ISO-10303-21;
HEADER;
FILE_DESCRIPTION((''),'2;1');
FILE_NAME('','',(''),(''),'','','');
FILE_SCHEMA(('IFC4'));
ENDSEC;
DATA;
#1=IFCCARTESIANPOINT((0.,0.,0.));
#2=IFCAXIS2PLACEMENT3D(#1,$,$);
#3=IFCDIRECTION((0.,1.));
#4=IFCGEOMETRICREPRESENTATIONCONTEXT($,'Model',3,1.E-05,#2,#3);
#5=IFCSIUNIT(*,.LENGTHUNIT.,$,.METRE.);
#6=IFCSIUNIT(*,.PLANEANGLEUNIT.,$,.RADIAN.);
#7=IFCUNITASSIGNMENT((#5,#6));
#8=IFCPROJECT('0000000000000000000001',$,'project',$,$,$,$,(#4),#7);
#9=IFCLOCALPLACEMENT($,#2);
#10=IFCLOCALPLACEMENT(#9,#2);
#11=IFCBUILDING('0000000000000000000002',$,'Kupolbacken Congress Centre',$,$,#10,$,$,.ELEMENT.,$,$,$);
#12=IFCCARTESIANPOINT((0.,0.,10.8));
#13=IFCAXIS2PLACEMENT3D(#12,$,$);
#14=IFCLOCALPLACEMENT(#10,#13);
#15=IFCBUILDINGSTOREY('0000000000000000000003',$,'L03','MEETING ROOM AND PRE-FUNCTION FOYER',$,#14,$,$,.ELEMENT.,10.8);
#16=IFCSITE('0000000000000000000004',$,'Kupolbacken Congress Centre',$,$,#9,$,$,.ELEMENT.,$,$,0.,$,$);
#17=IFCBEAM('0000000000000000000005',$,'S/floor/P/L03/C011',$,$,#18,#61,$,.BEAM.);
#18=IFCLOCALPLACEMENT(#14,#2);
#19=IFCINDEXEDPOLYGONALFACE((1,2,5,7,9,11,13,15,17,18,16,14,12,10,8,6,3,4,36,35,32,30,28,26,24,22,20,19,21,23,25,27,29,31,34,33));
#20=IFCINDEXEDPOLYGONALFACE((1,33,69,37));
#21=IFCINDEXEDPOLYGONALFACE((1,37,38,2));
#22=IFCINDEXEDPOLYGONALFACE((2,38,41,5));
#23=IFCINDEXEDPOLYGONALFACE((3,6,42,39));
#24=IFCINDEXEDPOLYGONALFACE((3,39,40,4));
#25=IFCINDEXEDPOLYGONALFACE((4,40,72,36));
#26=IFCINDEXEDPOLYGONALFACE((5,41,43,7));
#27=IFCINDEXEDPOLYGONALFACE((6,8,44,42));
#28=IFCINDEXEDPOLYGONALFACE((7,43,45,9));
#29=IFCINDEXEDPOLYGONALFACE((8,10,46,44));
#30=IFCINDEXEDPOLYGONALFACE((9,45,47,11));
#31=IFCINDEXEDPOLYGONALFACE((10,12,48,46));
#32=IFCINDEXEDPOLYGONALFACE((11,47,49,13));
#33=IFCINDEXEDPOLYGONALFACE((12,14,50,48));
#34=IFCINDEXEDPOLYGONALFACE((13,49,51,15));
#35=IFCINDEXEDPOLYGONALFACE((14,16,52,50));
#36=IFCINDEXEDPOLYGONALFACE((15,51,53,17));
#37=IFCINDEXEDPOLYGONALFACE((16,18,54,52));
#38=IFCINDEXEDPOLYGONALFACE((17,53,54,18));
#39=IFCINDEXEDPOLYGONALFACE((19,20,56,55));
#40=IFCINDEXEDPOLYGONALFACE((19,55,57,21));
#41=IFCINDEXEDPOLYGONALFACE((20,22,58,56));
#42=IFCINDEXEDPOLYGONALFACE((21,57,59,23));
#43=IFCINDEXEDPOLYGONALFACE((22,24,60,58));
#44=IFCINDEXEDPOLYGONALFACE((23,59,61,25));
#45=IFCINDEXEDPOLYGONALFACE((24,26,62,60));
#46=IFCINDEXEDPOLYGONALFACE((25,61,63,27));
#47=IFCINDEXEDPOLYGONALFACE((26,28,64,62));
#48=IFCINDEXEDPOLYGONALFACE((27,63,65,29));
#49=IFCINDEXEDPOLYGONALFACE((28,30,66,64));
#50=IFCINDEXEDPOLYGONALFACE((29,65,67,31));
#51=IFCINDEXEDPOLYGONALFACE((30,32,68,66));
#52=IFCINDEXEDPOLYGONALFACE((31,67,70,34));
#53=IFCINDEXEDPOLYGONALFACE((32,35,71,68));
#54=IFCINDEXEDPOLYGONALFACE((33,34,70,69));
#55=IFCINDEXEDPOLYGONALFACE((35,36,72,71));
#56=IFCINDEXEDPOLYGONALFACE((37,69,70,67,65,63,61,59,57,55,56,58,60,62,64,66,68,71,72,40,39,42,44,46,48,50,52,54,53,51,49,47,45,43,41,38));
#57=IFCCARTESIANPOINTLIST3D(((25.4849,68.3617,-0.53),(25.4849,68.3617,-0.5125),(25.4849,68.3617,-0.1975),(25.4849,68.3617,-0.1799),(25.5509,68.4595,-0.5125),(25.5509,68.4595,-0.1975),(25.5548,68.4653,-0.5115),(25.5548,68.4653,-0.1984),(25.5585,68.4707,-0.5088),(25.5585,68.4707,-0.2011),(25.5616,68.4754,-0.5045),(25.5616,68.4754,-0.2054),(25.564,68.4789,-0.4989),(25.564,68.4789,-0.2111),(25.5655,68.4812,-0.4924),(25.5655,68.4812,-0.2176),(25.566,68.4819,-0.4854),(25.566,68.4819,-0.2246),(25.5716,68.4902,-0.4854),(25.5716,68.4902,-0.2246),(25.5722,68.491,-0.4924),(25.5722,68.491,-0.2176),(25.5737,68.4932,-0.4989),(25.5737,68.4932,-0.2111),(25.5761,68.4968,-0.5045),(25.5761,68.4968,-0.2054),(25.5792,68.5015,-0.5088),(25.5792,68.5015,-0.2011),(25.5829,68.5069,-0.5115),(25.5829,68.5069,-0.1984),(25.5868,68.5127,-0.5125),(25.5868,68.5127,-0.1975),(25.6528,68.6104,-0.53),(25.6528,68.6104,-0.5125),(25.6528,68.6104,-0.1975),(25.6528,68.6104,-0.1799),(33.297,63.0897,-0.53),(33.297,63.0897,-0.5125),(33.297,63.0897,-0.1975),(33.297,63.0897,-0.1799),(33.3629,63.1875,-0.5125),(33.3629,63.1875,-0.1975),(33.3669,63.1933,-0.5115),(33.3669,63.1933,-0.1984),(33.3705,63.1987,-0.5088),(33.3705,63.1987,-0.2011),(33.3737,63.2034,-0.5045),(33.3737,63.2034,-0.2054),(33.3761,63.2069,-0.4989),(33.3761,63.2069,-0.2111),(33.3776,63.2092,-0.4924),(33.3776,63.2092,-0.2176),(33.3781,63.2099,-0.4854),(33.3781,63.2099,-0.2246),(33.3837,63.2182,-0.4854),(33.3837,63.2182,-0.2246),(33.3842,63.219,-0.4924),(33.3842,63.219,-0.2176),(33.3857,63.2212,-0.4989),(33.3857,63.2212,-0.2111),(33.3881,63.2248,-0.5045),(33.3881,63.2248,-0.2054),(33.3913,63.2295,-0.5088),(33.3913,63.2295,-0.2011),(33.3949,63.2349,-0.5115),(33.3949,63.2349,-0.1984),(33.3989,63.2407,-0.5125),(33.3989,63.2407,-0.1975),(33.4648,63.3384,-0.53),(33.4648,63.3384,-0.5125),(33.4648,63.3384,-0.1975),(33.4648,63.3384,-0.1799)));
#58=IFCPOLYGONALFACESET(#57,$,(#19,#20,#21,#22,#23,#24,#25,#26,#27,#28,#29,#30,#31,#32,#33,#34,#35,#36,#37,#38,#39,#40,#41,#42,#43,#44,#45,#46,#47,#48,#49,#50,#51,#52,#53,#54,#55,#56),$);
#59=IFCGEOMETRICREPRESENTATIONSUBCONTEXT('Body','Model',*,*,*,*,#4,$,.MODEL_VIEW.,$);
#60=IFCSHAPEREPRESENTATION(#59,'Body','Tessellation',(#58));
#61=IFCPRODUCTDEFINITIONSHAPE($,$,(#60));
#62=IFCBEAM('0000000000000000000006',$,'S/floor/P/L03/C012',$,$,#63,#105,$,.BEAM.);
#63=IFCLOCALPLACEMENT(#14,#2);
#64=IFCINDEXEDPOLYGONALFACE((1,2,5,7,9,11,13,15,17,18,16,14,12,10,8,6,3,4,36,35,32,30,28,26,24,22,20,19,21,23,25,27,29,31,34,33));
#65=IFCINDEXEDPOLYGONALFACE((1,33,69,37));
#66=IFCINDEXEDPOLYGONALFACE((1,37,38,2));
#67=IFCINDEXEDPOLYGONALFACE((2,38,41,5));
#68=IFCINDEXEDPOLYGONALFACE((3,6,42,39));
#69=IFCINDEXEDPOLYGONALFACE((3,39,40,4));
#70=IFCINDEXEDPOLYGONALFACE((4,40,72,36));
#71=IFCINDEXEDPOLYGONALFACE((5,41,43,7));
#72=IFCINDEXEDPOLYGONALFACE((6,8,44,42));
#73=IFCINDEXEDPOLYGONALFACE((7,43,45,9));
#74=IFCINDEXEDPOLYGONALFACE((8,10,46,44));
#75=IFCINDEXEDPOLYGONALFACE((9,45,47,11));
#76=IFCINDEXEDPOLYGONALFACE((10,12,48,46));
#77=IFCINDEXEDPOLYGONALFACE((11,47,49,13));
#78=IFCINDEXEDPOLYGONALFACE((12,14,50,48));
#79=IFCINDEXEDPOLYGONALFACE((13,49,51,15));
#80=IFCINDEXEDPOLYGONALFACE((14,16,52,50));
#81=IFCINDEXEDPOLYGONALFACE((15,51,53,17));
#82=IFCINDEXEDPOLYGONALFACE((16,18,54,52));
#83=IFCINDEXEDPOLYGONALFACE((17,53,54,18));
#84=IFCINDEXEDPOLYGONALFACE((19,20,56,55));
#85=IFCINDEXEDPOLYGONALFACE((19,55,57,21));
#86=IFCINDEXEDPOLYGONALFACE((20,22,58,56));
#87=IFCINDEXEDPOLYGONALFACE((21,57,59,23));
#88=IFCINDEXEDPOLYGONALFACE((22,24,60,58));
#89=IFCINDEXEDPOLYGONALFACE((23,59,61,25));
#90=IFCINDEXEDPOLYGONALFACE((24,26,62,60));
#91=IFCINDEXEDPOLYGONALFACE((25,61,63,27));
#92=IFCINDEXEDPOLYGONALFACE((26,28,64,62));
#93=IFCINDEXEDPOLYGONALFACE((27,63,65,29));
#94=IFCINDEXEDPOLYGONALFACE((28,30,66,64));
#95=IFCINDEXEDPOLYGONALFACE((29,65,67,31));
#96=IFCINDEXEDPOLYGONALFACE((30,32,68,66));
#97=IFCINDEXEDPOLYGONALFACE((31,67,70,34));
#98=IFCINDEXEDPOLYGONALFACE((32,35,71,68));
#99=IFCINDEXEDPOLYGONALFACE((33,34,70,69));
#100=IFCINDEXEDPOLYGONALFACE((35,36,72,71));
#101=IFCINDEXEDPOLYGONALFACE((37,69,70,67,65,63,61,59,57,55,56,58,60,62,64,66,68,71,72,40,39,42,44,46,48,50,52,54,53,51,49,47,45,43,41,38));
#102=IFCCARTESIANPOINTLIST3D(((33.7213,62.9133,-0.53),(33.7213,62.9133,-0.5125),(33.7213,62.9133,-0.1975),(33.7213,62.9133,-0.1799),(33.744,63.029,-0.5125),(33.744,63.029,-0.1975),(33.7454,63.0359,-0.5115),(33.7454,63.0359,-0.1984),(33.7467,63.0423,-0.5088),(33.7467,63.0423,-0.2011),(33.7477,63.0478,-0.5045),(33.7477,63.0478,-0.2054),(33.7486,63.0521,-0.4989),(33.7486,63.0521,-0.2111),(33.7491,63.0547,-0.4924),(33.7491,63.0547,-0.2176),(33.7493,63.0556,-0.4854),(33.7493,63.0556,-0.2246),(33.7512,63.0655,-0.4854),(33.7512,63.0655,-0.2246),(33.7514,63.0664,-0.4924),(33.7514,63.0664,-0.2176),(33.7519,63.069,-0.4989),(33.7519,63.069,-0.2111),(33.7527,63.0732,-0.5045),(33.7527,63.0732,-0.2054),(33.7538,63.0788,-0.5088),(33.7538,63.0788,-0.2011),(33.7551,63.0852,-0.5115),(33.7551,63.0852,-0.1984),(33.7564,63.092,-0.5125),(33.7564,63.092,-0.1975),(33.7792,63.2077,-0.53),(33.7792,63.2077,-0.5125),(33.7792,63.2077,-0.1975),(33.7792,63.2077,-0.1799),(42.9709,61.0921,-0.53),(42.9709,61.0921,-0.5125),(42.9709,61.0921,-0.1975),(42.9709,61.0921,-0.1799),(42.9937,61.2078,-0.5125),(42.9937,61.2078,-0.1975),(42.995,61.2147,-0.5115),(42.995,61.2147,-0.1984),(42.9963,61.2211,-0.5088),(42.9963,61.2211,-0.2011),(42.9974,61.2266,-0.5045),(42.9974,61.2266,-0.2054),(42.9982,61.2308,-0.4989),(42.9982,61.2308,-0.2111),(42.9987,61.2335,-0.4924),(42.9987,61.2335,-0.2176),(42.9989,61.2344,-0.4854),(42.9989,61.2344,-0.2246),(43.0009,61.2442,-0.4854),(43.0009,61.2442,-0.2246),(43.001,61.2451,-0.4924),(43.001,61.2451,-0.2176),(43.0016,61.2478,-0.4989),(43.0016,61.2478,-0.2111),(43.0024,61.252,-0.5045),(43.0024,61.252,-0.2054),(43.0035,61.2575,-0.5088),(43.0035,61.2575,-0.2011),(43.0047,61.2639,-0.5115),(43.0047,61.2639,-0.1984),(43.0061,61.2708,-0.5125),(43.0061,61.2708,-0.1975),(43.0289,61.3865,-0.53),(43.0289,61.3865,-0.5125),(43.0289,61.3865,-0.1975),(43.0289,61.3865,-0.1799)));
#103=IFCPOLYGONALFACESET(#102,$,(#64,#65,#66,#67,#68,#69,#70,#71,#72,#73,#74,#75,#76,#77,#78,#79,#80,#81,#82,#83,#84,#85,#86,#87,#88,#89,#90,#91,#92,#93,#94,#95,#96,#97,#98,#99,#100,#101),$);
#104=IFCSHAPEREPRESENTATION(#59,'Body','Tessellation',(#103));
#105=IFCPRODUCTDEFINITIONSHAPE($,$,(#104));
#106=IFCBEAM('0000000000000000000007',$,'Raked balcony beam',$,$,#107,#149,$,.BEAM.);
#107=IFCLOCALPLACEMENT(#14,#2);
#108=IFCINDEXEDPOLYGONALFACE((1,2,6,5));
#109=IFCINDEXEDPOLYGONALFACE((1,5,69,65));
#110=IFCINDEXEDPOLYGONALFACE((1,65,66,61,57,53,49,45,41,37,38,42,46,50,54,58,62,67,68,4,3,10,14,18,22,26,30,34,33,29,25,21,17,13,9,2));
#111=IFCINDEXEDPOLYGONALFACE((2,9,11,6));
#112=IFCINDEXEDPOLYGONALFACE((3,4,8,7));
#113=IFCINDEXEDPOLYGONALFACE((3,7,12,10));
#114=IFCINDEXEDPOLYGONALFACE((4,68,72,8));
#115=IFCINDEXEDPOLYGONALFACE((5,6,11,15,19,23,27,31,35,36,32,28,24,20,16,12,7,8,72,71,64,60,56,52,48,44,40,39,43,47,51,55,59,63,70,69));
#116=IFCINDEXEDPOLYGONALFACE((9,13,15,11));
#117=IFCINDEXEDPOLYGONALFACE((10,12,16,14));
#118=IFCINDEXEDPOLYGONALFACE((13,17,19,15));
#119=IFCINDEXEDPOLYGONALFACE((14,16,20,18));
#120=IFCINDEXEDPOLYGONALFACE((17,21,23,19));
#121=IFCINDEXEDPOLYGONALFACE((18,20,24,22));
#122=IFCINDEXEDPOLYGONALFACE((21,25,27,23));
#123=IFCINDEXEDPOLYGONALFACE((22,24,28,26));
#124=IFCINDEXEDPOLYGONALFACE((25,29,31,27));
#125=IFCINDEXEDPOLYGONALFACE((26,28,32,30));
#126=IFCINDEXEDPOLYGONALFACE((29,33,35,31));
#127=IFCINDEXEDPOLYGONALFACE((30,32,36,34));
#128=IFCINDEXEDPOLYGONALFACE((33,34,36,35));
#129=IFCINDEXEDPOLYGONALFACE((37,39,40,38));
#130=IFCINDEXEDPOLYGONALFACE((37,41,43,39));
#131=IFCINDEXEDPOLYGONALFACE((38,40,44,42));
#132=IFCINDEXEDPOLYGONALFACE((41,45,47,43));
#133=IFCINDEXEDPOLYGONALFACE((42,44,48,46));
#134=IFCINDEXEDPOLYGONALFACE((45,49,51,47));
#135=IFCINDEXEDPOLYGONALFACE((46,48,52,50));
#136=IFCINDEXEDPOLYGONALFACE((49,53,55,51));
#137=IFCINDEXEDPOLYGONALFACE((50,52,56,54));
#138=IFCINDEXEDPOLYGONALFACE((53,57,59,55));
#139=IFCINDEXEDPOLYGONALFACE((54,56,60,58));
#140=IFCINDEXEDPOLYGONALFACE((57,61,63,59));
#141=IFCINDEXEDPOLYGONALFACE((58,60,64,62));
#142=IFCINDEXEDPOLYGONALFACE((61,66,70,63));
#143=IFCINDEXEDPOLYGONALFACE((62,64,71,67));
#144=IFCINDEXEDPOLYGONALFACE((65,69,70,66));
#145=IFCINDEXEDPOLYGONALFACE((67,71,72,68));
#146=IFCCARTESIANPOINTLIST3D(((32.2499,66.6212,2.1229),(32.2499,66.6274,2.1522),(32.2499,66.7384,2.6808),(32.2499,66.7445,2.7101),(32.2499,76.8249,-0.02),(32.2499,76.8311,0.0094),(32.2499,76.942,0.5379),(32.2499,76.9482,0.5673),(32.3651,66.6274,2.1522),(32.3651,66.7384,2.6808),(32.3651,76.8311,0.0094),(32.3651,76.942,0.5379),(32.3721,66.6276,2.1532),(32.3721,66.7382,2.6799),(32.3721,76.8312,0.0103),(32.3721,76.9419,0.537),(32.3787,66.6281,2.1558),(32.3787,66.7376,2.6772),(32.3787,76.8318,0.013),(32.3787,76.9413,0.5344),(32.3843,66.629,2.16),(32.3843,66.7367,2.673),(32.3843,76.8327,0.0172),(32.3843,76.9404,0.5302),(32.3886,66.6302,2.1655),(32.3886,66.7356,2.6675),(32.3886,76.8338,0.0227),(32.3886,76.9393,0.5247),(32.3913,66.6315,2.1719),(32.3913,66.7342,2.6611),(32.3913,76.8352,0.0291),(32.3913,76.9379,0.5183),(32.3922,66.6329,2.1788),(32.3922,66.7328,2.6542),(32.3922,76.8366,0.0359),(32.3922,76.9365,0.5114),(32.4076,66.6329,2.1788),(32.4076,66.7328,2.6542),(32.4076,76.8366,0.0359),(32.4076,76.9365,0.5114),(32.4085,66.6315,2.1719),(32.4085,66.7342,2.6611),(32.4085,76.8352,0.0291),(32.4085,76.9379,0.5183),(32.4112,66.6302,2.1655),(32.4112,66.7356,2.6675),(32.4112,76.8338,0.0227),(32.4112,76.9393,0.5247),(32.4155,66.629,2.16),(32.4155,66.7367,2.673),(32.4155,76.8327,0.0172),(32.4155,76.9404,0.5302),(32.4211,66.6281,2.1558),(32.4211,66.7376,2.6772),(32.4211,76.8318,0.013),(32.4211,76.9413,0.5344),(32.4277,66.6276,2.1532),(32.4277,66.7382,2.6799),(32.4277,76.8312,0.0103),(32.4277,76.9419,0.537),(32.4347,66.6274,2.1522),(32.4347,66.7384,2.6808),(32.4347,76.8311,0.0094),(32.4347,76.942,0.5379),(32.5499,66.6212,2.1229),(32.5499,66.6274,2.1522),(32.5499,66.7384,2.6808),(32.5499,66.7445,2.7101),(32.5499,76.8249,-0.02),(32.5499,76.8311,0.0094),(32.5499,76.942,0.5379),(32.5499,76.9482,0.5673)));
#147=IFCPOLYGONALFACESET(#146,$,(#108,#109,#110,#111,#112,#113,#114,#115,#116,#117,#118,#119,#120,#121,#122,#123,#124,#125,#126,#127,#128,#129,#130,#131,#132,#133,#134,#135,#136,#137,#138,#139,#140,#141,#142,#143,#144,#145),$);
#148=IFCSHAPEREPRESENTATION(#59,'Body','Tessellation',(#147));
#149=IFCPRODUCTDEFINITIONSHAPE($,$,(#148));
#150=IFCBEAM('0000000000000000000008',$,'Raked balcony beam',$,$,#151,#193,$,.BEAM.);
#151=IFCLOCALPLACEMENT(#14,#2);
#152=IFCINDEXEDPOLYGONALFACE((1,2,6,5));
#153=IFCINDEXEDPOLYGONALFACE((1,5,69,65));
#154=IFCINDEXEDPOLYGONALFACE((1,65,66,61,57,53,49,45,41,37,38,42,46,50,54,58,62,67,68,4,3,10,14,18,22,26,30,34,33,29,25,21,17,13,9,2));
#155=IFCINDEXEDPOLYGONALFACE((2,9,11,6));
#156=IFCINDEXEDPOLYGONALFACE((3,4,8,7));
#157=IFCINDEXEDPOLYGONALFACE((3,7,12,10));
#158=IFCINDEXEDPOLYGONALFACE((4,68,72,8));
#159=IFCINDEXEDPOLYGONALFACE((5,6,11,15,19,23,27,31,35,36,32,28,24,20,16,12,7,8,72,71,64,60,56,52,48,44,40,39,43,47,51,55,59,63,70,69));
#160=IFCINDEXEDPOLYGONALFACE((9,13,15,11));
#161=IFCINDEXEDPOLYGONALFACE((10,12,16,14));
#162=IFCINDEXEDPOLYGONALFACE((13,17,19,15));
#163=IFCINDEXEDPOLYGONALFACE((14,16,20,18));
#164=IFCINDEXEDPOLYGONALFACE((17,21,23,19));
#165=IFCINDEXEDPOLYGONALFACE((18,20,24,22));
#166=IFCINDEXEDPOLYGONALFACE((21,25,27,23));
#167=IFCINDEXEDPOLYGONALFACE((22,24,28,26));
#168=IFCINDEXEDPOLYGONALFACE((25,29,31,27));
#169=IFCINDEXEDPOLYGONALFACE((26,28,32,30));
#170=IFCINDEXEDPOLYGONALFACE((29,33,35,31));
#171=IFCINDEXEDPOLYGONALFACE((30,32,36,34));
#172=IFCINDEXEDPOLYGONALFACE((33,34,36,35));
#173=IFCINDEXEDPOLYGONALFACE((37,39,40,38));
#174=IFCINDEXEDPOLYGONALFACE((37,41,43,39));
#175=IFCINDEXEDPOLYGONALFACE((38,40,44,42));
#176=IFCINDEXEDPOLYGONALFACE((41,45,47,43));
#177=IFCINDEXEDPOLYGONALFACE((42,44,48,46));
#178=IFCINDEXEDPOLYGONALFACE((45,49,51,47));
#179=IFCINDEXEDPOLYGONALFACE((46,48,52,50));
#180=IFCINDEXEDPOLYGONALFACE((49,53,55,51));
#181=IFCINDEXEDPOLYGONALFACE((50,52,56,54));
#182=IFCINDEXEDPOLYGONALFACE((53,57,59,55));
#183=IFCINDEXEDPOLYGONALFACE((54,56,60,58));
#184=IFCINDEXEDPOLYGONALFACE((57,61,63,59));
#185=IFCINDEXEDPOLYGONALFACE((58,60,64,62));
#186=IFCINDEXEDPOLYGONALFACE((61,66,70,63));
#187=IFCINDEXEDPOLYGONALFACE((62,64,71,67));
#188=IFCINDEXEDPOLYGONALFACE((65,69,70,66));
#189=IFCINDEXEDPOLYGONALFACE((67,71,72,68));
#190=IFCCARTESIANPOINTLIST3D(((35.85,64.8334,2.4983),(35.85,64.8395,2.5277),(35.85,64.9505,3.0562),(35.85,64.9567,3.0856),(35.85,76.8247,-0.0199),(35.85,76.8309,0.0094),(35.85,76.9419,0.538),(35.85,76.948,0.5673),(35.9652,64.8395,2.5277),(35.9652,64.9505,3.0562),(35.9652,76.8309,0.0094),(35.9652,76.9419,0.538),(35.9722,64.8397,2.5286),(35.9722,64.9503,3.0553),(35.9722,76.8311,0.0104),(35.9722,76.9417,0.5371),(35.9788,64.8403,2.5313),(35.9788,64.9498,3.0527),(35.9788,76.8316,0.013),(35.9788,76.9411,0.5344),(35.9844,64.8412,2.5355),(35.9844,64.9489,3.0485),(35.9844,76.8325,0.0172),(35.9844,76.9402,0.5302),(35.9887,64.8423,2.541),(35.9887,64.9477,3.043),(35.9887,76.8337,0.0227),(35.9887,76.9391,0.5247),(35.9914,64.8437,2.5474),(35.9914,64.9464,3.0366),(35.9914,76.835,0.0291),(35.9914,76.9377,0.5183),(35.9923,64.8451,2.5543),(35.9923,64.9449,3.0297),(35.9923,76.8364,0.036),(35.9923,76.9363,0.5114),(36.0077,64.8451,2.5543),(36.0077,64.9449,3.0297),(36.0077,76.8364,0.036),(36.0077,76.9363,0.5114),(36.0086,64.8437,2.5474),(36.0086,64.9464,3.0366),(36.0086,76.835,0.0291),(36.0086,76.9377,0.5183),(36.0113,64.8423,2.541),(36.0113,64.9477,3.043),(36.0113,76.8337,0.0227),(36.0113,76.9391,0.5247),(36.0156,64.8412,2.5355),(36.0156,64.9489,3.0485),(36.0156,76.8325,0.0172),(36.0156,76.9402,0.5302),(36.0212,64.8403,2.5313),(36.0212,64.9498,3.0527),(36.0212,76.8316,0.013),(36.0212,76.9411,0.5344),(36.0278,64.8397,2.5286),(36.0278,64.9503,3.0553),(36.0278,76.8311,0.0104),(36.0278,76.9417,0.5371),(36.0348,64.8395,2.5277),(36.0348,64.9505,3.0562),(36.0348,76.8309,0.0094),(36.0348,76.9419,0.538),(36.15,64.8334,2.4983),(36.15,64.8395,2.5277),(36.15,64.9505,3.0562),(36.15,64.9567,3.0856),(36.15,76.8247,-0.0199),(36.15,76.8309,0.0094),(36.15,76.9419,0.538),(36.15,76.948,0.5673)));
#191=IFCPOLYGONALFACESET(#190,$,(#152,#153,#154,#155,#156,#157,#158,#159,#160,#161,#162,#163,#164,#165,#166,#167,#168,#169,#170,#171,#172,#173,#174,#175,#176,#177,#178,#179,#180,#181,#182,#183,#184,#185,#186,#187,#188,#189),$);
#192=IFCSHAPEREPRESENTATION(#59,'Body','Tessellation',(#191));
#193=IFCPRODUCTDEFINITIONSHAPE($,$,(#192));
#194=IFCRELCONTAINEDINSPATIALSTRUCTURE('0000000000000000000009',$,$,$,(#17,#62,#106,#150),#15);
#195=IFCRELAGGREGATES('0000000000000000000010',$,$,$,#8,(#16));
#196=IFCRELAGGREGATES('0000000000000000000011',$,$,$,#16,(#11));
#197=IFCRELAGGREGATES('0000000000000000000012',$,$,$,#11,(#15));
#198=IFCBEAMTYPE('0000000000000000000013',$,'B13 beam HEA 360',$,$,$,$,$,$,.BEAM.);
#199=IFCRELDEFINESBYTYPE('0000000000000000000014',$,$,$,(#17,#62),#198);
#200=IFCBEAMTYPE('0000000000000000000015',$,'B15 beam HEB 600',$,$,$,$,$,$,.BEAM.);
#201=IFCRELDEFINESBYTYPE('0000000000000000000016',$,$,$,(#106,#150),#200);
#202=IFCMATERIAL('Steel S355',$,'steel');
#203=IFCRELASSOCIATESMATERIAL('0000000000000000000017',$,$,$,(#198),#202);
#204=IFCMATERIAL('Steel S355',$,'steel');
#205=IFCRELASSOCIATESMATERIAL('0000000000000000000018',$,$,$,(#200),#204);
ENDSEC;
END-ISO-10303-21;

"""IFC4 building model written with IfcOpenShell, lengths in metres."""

from ifc_helpers import new_model, si_unit, direction, frame, origin, origin_2d, place, context, subcontext, project, spatial, i_section, extrude, material, material_profile, profile_set, type_object, element, save


model = new_model("IFC4")

# Units and contexts
model_context = context("Model", 3, precision=1e-05, world=origin(), true_north=direction((0.0, 1.0)))
body_context = subcontext(model_context, "Body", "Model", "MODEL_VIEW")
ifc_project = project(units=[si_unit("LENGTHUNIT", "METRE"), si_unit("PLANEANGLEUNIT", "RADIAN")], contexts=[model_context])

# Site, building, storey
site_placement = place(None, origin())
site = spatial("IfcSite", under=ifc_project, at=site_placement, Name="Kupolbacken Congress Centre", CompositionType="ELEMENT", RefElevation=0.0)
building_placement = place(site_placement, origin())
building = spatial("IfcBuilding", under=site, at=building_placement, Name="Kupolbacken Congress Centre", CompositionType="ELEMENT")
storey_placement = place(building_placement, frame((0.0, 0.0, 10.8)))
storey = spatial("IfcBuildingStorey", under=building, at=storey_placement, Name="L03", Description="MEETING ROOM AND PRE-FUNCTION FOYER", CompositionType="ELEMENT", Elevation=10.8)

# Beams
ifc_material_1 = material(Name="Steel S355", Category="steel")
ifc_material_profile_1 = material_profile(ifc_material_1, i_section(OverallWidth=0.3, OverallDepth=0.3501, WebThickness=0.01, FlangeThickness=0.0176, FilletRadius=0.0271, at=origin_2d()), Name="HEA 360")
ifc_profile_set_1 = profile_set([ifc_material_profile_1], Name="Steel S355")
beam_type_1 = type_object("IfcBeamType", Name="B13 beam HEA 360", PredefinedType="BEAM", material=ifc_profile_set_1)
beam_1_placement = place(storey_placement, frame((25.5688, 68.4861, -0.355), z_axis=(0.828905, -0.55939, 0.0), x_axis=(0.55939, 0.828905, 0.0)))
element("IfcBeam", 1, at=beam_1_placement, inside=storey, type_object=beam_type_1, Name="S/floor/P/L03/C011", PredefinedType="BEAM", context=body_context, shape_type="SweptSolid", body=[
    extrude(i_section(OverallWidth=0.3, OverallDepth=0.3501, WebThickness=0.01, FlangeThickness=0.0176, FilletRadius=0.0271, at=origin_2d()), origin(), (0.0, 0.0, 1.0), 9.4246),
])
beam_2_placement = place(storey_placement, frame((33.7502, 63.0605, -0.355), z_axis=(0.981161, -0.193192, 0.0), x_axis=(0.193192, 0.981161, 0.0)))
element("IfcBeam", 2, at=beam_2_placement, inside=storey, type_object=beam_type_1, Name="S/floor/P/L03/C012", PredefinedType="BEAM", context=body_context, shape_type="SweptSolid", body=[
    extrude(i_section(OverallWidth=0.3, OverallDepth=0.3501, WebThickness=0.01, FlangeThickness=0.0176, FilletRadius=0.0271, at=origin_2d()), origin(), (0.0, 0.0, 1.0), 9.4272),
])
ifc_material_2 = material(Name="Steel S355", Category="steel")
ifc_material_profile_2 = material_profile(ifc_material_2, i_section(OverallWidth=0.3, OverallDepth=0.6001, WebThickness=0.0154, FlangeThickness=0.03, FilletRadius=0.0271, at=origin_2d()), Name="HEB 600")
ifc_profile_set_2 = profile_set([ifc_material_profile_2], Name="Steel S355")
beam_type_2 = type_object("IfcBeamType", Name="B15 beam HEB 600", PredefinedType="BEAM", material=ifc_profile_set_2)
beam_3_placement = place(storey_placement, frame((32.3999, 66.6829, 2.4165), z_axis=(0.0, 0.978652, -0.205523), x_axis=(-1.0, 0.0, 0.0)))
element("IfcBeam", 3, at=beam_3_placement, inside=storey, type_object=beam_type_2, Name="Raked balcony beam", PredefinedType="BEAM", context=body_context, shape_type="SweptSolid", body=[
    extrude(i_section(OverallWidth=0.3, OverallDepth=0.6001, WebThickness=0.0154, FlangeThickness=0.03, FilletRadius=0.0271, at=origin_2d()), origin(), (0.0, 0.0, 1.0), 10.4263),
])
beam_4_placement = place(storey_placement, frame((36.0, 64.895, 2.792), z_axis=(0.0, 0.978652, -0.205525), x_axis=(-1.0, 0.0, 0.0)))
element("IfcBeam", 4, at=beam_4_placement, inside=storey, type_object=beam_type_2, Name="Raked balcony beam", PredefinedType="BEAM", context=body_context, shape_type="SweptSolid", body=[
    extrude(i_section(OverallWidth=0.3, OverallDepth=0.6001, WebThickness=0.0154, FlangeThickness=0.03, FilletRadius=0.0271, at=origin_2d()), origin(), (0.0, 0.0, 1.0), 12.2529),
])

save(model, "model.ifc")
